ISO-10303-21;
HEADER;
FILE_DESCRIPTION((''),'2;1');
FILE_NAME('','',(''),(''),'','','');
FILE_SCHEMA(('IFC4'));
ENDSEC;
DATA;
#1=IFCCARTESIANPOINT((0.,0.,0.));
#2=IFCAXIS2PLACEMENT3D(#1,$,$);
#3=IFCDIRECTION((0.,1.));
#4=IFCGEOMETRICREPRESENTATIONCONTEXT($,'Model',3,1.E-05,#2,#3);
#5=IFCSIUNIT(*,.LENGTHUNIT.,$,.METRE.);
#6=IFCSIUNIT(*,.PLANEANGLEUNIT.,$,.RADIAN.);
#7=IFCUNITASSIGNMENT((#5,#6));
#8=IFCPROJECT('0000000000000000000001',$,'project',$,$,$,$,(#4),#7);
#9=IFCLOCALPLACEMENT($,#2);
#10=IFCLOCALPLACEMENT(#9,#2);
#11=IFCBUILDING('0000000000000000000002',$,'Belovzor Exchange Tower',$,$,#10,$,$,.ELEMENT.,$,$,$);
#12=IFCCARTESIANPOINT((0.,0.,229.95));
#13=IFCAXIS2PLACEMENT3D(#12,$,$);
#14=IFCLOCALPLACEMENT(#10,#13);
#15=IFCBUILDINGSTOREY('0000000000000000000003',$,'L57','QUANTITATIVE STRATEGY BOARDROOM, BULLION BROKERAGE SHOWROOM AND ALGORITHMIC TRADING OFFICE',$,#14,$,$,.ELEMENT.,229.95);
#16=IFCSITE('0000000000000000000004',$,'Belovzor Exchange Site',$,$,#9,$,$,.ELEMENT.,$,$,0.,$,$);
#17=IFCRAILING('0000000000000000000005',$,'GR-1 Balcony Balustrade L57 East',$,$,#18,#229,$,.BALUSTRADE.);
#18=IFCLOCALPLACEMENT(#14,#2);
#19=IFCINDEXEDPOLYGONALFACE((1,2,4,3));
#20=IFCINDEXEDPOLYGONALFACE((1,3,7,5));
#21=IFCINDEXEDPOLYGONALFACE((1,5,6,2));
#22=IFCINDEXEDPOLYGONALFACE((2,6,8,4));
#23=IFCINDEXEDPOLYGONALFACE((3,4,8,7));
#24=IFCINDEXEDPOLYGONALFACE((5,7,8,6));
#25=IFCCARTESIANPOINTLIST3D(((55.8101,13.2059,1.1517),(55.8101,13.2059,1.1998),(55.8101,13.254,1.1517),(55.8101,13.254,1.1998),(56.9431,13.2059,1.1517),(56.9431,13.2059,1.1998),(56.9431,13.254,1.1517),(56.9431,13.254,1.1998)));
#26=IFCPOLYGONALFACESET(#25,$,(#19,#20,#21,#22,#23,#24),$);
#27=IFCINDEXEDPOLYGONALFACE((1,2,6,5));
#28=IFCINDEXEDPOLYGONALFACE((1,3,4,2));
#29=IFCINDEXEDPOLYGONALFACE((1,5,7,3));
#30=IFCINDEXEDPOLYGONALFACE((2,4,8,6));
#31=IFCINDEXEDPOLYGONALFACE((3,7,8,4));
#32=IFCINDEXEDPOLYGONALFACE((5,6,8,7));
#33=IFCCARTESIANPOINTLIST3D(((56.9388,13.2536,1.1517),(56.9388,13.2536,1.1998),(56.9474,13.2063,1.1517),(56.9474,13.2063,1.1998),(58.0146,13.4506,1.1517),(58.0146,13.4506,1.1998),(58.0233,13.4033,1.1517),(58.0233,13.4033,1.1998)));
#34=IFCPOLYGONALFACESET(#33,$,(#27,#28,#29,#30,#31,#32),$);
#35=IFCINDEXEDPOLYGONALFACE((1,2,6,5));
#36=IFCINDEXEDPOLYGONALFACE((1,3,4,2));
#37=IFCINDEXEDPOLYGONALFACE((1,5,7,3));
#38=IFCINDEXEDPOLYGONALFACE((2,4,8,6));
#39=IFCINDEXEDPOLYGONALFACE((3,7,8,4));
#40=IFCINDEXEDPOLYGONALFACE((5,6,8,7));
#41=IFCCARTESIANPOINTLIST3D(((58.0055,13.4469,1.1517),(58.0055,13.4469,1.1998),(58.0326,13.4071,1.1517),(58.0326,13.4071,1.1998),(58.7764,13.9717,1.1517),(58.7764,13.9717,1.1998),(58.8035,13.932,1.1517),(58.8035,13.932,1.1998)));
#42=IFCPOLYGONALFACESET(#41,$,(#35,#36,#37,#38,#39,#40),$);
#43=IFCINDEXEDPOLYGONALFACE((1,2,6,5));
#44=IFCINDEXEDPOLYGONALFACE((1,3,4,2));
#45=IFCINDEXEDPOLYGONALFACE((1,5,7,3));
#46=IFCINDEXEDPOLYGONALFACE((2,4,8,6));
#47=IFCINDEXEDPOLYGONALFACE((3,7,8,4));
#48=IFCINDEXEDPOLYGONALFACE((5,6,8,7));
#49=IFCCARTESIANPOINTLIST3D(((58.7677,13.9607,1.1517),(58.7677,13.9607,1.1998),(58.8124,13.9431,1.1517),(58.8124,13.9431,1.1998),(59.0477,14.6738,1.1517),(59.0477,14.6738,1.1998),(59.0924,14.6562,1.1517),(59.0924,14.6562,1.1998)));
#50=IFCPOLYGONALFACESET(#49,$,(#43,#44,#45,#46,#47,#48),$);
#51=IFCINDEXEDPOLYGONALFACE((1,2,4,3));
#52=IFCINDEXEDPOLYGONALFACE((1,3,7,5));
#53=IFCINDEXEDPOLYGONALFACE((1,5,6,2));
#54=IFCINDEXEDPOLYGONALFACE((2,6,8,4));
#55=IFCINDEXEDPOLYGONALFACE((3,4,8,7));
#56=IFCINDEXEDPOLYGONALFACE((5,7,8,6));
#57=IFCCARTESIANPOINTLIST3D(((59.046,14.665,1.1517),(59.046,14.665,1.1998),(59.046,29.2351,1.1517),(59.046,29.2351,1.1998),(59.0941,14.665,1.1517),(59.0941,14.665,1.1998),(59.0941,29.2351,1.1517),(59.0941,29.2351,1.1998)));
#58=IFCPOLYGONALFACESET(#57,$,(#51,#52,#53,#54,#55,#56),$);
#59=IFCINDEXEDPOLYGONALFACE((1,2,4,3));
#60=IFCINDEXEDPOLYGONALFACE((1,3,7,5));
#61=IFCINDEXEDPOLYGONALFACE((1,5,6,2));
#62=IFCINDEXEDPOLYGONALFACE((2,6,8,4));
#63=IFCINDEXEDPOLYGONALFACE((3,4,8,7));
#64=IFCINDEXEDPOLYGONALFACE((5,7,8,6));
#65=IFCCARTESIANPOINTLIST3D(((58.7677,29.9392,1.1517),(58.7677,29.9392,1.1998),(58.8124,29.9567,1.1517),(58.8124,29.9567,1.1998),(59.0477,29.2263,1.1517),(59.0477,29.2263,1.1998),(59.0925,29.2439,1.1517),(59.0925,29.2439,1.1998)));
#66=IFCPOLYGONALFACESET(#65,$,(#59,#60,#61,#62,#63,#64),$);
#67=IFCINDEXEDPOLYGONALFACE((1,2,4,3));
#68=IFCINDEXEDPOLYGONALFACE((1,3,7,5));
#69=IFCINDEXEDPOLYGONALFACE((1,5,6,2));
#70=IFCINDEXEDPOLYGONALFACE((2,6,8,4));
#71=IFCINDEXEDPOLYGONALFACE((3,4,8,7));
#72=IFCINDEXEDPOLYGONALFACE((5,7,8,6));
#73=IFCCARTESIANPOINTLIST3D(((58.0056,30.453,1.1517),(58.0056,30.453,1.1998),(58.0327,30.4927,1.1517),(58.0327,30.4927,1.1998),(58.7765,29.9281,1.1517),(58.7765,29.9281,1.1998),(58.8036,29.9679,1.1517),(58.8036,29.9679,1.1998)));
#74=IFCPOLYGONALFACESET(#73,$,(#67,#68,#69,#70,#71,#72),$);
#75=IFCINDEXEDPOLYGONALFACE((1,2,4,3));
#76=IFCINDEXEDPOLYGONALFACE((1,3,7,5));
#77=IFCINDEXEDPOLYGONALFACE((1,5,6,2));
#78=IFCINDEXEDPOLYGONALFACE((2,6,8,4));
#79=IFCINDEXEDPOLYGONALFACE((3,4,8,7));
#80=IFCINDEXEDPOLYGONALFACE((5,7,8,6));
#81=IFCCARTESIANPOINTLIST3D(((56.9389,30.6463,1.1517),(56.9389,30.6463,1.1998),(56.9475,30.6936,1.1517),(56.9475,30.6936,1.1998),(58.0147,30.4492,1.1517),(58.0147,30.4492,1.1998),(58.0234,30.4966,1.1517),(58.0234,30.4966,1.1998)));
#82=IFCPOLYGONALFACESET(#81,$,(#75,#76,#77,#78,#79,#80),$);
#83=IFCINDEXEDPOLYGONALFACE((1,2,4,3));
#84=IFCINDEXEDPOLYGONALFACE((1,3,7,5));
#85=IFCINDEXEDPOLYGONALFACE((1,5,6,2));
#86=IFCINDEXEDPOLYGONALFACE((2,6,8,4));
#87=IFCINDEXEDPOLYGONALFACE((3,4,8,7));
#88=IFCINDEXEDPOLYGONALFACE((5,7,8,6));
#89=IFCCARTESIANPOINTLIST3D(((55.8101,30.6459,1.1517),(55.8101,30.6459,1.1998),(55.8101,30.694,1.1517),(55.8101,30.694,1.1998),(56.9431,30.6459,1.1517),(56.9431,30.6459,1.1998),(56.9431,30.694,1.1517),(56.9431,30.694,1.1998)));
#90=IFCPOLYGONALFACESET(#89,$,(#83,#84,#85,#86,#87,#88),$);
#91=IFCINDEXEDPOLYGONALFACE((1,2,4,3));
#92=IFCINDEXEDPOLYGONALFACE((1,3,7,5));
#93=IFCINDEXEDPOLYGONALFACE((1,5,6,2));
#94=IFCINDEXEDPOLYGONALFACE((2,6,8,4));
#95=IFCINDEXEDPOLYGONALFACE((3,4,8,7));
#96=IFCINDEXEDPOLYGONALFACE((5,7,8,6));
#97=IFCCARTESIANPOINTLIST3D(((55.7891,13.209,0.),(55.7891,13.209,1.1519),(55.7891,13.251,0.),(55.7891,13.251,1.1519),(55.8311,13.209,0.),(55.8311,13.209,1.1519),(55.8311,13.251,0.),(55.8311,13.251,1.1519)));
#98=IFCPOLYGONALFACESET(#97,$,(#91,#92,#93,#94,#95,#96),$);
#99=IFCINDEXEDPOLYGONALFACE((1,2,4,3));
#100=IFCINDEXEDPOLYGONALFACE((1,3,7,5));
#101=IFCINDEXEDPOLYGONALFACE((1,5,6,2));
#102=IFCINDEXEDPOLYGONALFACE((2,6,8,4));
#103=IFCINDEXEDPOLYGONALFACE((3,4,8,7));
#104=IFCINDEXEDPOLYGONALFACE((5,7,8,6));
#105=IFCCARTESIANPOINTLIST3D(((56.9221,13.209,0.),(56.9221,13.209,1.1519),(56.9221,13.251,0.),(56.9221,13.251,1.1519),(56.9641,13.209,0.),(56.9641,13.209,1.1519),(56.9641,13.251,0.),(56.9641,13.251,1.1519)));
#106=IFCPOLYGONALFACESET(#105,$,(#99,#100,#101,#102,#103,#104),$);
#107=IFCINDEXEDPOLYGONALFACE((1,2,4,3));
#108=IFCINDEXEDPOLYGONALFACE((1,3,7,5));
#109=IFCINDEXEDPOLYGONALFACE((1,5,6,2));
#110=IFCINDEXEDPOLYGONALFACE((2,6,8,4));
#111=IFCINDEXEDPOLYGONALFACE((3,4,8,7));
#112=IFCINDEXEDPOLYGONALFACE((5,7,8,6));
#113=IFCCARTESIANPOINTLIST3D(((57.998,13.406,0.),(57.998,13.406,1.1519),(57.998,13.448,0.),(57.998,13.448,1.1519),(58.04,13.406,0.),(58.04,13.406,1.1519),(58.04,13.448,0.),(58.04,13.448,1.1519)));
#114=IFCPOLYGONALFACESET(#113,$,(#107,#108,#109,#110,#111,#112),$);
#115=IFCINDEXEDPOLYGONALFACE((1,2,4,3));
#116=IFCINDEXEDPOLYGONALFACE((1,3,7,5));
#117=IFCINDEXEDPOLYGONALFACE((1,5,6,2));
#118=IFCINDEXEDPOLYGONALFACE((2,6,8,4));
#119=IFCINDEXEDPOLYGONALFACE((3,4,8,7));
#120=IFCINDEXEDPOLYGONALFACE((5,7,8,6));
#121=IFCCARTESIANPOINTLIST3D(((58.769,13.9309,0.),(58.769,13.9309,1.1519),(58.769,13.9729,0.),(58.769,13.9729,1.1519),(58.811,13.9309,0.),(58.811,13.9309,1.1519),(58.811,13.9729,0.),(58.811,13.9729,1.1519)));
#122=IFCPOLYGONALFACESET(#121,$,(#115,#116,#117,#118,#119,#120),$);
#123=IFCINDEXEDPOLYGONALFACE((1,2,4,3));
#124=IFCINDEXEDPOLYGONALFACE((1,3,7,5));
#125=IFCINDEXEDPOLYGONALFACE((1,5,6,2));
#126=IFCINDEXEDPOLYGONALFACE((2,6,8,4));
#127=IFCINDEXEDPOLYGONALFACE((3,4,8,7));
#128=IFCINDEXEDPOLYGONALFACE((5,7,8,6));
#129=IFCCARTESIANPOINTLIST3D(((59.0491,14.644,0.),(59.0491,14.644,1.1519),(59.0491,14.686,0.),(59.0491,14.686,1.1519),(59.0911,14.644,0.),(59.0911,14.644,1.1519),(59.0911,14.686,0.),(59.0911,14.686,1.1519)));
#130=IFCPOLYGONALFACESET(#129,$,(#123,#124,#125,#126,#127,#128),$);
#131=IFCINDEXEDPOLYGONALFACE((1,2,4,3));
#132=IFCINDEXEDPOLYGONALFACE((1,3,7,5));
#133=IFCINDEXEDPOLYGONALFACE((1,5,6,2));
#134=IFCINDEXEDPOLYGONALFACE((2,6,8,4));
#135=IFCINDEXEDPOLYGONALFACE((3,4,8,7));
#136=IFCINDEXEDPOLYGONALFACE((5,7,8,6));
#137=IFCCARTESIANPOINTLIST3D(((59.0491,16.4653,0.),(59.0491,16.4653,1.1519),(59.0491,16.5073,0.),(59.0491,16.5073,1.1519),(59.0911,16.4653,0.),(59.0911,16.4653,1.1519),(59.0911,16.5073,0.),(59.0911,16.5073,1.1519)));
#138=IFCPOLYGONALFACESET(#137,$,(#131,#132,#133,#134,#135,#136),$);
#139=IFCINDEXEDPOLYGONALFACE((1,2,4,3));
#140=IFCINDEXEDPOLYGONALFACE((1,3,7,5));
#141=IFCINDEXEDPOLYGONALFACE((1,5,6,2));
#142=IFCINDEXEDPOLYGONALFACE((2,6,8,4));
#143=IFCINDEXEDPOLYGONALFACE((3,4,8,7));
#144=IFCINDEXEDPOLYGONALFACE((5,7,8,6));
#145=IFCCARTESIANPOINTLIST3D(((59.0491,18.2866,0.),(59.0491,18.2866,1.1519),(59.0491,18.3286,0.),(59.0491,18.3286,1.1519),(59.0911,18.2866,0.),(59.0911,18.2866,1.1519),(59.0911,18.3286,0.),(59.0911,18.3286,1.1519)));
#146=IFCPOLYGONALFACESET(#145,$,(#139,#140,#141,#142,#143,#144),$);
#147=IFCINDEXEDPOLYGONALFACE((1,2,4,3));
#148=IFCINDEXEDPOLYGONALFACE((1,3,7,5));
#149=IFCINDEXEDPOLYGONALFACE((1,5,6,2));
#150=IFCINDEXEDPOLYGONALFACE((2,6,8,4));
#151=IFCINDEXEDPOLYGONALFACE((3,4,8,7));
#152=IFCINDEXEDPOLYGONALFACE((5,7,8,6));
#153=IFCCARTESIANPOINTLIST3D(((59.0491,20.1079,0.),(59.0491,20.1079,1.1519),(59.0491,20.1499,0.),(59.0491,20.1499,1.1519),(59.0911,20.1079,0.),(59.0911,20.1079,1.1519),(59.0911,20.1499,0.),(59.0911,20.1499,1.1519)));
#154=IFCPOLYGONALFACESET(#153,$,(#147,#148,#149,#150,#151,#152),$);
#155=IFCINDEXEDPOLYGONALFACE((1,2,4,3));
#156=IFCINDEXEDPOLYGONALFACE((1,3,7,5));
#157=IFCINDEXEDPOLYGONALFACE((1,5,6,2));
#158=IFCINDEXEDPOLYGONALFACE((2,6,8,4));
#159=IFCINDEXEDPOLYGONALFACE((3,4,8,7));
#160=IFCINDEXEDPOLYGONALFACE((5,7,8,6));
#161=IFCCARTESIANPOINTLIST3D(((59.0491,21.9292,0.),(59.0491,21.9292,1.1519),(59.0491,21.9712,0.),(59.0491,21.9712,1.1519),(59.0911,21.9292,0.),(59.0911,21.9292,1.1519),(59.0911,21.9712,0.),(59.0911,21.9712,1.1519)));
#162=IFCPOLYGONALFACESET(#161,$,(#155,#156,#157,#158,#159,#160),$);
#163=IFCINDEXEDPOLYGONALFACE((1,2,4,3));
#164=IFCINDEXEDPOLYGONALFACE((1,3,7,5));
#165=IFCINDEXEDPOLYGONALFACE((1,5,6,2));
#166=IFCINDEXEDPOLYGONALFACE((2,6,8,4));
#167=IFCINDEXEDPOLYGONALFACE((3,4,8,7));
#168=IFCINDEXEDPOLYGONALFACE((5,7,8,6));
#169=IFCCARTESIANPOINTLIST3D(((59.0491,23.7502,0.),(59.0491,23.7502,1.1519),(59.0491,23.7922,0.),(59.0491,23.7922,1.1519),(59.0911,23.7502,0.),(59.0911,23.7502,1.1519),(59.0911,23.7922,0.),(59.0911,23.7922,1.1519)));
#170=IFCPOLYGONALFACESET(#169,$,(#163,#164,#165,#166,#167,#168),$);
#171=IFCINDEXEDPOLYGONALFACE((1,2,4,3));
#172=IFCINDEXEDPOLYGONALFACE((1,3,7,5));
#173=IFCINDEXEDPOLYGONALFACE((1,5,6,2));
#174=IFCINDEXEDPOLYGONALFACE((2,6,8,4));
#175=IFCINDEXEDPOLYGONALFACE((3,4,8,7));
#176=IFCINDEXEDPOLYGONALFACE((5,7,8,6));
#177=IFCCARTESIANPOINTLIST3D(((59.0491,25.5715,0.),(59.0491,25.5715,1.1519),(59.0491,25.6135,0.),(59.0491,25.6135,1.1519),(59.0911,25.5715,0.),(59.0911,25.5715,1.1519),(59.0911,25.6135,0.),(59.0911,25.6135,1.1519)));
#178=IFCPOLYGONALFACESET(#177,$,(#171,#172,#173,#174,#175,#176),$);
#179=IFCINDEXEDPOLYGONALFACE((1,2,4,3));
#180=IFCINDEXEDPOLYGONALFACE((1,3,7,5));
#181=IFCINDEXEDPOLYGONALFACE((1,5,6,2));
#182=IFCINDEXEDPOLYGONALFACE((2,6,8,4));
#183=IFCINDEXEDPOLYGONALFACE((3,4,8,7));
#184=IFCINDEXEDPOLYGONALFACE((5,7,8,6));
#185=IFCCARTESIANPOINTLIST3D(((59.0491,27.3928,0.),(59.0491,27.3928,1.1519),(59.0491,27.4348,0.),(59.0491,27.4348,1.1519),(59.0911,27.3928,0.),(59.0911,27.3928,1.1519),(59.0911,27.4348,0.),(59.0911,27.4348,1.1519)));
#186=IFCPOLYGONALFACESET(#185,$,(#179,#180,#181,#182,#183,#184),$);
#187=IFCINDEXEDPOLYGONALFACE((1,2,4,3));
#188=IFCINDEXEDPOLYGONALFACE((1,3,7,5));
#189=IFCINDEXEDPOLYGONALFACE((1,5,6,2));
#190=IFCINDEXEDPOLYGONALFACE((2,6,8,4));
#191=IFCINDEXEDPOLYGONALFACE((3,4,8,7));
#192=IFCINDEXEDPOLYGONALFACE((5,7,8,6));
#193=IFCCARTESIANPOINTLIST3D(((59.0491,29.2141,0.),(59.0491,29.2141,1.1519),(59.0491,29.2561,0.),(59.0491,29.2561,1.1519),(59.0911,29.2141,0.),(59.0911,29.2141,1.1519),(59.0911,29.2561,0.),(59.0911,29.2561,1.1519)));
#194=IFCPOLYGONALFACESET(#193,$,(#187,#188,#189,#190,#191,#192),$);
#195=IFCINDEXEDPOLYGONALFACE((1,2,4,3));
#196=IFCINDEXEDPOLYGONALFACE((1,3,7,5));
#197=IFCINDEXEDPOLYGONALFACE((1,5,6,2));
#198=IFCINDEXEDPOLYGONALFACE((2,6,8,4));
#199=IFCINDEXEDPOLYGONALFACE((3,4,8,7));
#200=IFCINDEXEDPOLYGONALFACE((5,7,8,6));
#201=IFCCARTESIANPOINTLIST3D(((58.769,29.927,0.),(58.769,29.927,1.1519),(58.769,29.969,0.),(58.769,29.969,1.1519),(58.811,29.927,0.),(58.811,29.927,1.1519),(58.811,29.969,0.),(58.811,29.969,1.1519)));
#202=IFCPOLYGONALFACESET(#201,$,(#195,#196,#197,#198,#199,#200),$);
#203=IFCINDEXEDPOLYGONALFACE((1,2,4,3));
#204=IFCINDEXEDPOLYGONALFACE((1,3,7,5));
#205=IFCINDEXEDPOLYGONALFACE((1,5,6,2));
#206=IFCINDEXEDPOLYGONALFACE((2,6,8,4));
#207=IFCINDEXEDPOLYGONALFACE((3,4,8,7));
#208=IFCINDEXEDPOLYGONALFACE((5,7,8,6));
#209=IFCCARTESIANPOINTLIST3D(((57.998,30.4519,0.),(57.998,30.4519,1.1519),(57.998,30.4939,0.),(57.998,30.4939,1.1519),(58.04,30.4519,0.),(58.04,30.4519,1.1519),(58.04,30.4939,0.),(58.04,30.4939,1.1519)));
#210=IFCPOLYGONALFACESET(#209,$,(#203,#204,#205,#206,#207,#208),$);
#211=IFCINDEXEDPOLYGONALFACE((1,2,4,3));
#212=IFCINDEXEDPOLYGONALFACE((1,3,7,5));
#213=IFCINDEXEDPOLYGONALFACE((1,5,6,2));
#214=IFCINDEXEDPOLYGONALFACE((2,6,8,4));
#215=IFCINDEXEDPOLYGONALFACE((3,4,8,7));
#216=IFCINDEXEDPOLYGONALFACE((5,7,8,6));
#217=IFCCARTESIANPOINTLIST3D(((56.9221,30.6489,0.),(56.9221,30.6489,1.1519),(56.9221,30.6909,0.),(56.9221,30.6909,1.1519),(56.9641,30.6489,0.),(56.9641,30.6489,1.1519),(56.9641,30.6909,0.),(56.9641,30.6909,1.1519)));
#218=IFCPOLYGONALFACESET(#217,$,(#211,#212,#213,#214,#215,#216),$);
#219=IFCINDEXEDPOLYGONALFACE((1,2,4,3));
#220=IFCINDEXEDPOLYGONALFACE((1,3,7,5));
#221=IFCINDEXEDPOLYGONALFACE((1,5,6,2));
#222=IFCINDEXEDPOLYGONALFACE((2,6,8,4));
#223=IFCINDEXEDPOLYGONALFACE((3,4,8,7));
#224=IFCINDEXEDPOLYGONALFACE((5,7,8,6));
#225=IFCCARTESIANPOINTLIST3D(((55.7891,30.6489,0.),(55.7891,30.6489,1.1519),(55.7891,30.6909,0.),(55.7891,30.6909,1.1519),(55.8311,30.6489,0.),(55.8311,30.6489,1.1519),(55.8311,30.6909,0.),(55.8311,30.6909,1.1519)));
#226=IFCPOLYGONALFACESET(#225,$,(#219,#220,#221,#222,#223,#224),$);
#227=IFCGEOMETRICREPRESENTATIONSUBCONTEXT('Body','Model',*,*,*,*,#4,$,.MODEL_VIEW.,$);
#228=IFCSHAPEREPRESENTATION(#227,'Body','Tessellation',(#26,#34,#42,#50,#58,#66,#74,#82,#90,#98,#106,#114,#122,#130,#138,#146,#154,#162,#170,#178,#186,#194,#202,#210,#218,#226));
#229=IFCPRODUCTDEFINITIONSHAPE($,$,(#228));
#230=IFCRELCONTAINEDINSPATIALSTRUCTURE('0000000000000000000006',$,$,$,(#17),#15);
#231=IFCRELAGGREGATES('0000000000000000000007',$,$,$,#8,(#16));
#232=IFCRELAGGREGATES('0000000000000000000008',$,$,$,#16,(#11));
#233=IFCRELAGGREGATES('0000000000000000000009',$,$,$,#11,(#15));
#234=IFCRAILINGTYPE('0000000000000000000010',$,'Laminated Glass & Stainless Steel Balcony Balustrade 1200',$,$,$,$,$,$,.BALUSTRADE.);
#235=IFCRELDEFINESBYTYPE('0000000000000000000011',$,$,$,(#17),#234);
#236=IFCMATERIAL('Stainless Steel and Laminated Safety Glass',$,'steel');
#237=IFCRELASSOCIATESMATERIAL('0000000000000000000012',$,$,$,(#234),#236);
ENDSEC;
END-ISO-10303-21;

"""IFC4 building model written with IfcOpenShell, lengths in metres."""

from ifc_helpers import new_model, si_unit, direction, frame, origin, origin_2d, place, context, subcontext, project, spatial, rectangle, extrude, material, type_object, element, save


model = new_model("IFC4")

# Units and contexts
model_context = context("Model", 3, precision=1e-05, world=origin(), true_north=direction((0.0, 1.0)))
body_context = subcontext(model_context, "Body", "Model", "MODEL_VIEW")
ifc_project = project(units=[si_unit("LENGTHUNIT", "METRE"), si_unit("PLANEANGLEUNIT", "RADIAN")], contexts=[model_context])

# Site, building, storey
site_placement = place(None, origin())
site = spatial("IfcSite", under=ifc_project, at=site_placement, Name="Belovzor Exchange Site", CompositionType="ELEMENT", RefElevation=0.0)
building_placement = place(site_placement, origin())
building = spatial("IfcBuilding", under=site, at=building_placement, Name="Belovzor Exchange Tower", CompositionType="ELEMENT")
storey_placement = place(building_placement, frame((0.0, 0.0, 229.95)))
storey = spatial("IfcBuildingStorey", under=building, at=storey_placement, Name="L57", Description="QUANTITATIVE STRATEGY BOARDROOM, BULLION BROKERAGE SHOWROOM AND ALGORITHMIC TRADING OFFICE", CompositionType="ELEMENT", Elevation=229.95)

# Railing
ifc_material_1 = material(Name="Stainless Steel and Laminated Safety Glass", Category="steel")
railing_type = type_object("IfcRailingType", Name="Laminated Glass & Stainless Steel Balcony Balustrade 1200", PredefinedType="BALUSTRADE", material=ifc_material_1)
railing_placement = place(storey_placement, frame((55.8101, 13.23, 0.0)))
element("IfcRailing", 1, at=railing_placement, inside=storey, type_object=railing_type, Name="GR-1 Balcony Balustrade L57 East", PredefinedType="BALUSTRADE", context=body_context, shape_type="SweptSolid", body=[
    extrude(rectangle(XDim=0.0481, YDim=0.0481, at=origin_2d()), frame((0.0, 0.0, 1.1758), z_axis=(1.0, 0.0, 0.0), x_axis=(0.0, 1.0, 0.0)), (0.0, 0.0, 1.0), 1.1331),
    extrude(rectangle(XDim=0.0481, YDim=0.0481, at=origin_2d()), frame((1.1331, 0.0, 1.1758), z_axis=(0.983644, 0.180123, 0.0), x_axis=(-0.180123, 0.983644, 0.0)), (0.0, 0.0, 1.0), 1.0938),
    extrude(rectangle(XDim=0.0481, YDim=0.0481, at=origin_2d()), frame((2.209, 0.197, 1.1758), z_axis=(0.826615, 0.562768, 0.0), x_axis=(-0.562768, 0.826615, 0.0)), (0.0, 0.0, 1.0), 0.9326),
    extrude(rectangle(XDim=0.0481, YDim=0.0481, at=origin_2d()), frame((2.98, 0.7219, 1.1758), z_axis=(0.365504, 0.93081, 0.0), x_axis=(-0.93081, 0.365504, 0.0)), (0.0, 0.0, 1.0), 0.7661),
    extrude(rectangle(XDim=0.0481, YDim=0.0481, at=origin_2d()), frame((3.26, 1.4351, 1.1758), z_axis=(0.0, 1.0, 0.0), x_axis=(-1.0, 0.0, 0.0)), (0.0, 0.0, 1.0), 14.5701),
    extrude(rectangle(XDim=0.0481, YDim=0.0481, at=origin_2d()), frame((3.26, 16.0051, 1.1758), z_axis=(-0.365613, 0.930767, 0.0), x_axis=(-0.930767, -0.365613, 0.0)), (0.0, 0.0, 1.0), 0.7659),
    extrude(rectangle(XDim=0.0481, YDim=0.0481, at=origin_2d()), frame((2.98, 16.718, 1.1758), z_axis=(-0.826615, 0.562768, 0.0), x_axis=(-0.562768, -0.826615, 0.0)), (0.0, 0.0, 1.0), 0.9326),
    extrude(rectangle(XDim=0.0481, YDim=0.0481, at=origin_2d()), frame((2.209, 17.2429, 1.1758), z_axis=(-0.983644, 0.180123, 0.0), x_axis=(-0.180123, -0.983644, 0.0)), (0.0, 0.0, 1.0), 1.0938),
    extrude(rectangle(XDim=0.0481, YDim=0.0481, at=origin_2d()), frame((1.1331, 17.4399, 1.1758), z_axis=(-1.0, 0.0, 0.0), x_axis=(0.0, -1.0, 0.0)), (0.0, 0.0, 1.0), 1.1331),
    extrude(rectangle(XDim=0.042, YDim=0.042, at=origin_2d()), origin(), (0.0, 0.0, 1.0), 1.1519),
    extrude(rectangle(XDim=0.042, YDim=0.042, at=origin_2d()), frame((1.1331, 0.0, 0.0)), (0.0, 0.0, 1.0), 1.1519),
    extrude(rectangle(XDim=0.042, YDim=0.042, at=origin_2d()), frame((2.209, 0.197, 0.0)), (0.0, 0.0, 1.0), 1.1519),
    extrude(rectangle(XDim=0.042, YDim=0.042, at=origin_2d()), frame((2.98, 0.7219, 0.0)), (0.0, 0.0, 1.0), 1.1519),
    extrude(rectangle(XDim=0.042, YDim=0.042, at=origin_2d()), frame((3.26, 1.4351, 0.0)), (0.0, 0.0, 1.0), 1.1519),
    extrude(rectangle(XDim=0.042, YDim=0.042, at=origin_2d()), frame((3.26, 3.2563, 0.0)), (0.0, 0.0, 1.0), 1.1519),
    extrude(rectangle(XDim=0.042, YDim=0.042, at=origin_2d()), frame((3.26, 5.0776, 0.0)), (0.0, 0.0, 1.0), 1.1519),
    extrude(rectangle(XDim=0.042, YDim=0.042, at=origin_2d()), frame((3.26, 6.8989, 0.0)), (0.0, 0.0, 1.0), 1.1519),
    extrude(rectangle(XDim=0.042, YDim=0.042, at=origin_2d()), frame((3.26, 8.7202, 0.0)), (0.0, 0.0, 1.0), 1.1519),
    extrude(rectangle(XDim=0.042, YDim=0.042, at=origin_2d()), frame((3.26, 10.5413, 0.0)), (0.0, 0.0, 1.0), 1.1519),
    extrude(rectangle(XDim=0.042, YDim=0.042, at=origin_2d()), frame((3.26, 12.3625, 0.0)), (0.0, 0.0, 1.0), 1.1519),
    extrude(rectangle(XDim=0.042, YDim=0.042, at=origin_2d()), frame((3.26, 14.1838, 0.0)), (0.0, 0.0, 1.0), 1.1519),
    extrude(rectangle(XDim=0.042, YDim=0.042, at=origin_2d()), frame((3.26, 16.0051, 0.0)), (0.0, 0.0, 1.0), 1.1519),
    extrude(rectangle(XDim=0.042, YDim=0.042, at=origin_2d()), frame((2.98, 16.718, 0.0)), (0.0, 0.0, 1.0), 1.1519),
    extrude(rectangle(XDim=0.042, YDim=0.042, at=origin_2d()), frame((2.209, 17.2429, 0.0)), (0.0, 0.0, 1.0), 1.1519),
    extrude(rectangle(XDim=0.042, YDim=0.042, at=origin_2d()), frame((1.1331, 17.4399, 0.0)), (0.0, 0.0, 1.0), 1.1519),
    extrude(rectangle(XDim=0.042, YDim=0.042, at=origin_2d()), frame((0.0, 17.4399, 0.0)), (0.0, 0.0, 1.0), 1.1519),
])

save(model, "model.ifc")
